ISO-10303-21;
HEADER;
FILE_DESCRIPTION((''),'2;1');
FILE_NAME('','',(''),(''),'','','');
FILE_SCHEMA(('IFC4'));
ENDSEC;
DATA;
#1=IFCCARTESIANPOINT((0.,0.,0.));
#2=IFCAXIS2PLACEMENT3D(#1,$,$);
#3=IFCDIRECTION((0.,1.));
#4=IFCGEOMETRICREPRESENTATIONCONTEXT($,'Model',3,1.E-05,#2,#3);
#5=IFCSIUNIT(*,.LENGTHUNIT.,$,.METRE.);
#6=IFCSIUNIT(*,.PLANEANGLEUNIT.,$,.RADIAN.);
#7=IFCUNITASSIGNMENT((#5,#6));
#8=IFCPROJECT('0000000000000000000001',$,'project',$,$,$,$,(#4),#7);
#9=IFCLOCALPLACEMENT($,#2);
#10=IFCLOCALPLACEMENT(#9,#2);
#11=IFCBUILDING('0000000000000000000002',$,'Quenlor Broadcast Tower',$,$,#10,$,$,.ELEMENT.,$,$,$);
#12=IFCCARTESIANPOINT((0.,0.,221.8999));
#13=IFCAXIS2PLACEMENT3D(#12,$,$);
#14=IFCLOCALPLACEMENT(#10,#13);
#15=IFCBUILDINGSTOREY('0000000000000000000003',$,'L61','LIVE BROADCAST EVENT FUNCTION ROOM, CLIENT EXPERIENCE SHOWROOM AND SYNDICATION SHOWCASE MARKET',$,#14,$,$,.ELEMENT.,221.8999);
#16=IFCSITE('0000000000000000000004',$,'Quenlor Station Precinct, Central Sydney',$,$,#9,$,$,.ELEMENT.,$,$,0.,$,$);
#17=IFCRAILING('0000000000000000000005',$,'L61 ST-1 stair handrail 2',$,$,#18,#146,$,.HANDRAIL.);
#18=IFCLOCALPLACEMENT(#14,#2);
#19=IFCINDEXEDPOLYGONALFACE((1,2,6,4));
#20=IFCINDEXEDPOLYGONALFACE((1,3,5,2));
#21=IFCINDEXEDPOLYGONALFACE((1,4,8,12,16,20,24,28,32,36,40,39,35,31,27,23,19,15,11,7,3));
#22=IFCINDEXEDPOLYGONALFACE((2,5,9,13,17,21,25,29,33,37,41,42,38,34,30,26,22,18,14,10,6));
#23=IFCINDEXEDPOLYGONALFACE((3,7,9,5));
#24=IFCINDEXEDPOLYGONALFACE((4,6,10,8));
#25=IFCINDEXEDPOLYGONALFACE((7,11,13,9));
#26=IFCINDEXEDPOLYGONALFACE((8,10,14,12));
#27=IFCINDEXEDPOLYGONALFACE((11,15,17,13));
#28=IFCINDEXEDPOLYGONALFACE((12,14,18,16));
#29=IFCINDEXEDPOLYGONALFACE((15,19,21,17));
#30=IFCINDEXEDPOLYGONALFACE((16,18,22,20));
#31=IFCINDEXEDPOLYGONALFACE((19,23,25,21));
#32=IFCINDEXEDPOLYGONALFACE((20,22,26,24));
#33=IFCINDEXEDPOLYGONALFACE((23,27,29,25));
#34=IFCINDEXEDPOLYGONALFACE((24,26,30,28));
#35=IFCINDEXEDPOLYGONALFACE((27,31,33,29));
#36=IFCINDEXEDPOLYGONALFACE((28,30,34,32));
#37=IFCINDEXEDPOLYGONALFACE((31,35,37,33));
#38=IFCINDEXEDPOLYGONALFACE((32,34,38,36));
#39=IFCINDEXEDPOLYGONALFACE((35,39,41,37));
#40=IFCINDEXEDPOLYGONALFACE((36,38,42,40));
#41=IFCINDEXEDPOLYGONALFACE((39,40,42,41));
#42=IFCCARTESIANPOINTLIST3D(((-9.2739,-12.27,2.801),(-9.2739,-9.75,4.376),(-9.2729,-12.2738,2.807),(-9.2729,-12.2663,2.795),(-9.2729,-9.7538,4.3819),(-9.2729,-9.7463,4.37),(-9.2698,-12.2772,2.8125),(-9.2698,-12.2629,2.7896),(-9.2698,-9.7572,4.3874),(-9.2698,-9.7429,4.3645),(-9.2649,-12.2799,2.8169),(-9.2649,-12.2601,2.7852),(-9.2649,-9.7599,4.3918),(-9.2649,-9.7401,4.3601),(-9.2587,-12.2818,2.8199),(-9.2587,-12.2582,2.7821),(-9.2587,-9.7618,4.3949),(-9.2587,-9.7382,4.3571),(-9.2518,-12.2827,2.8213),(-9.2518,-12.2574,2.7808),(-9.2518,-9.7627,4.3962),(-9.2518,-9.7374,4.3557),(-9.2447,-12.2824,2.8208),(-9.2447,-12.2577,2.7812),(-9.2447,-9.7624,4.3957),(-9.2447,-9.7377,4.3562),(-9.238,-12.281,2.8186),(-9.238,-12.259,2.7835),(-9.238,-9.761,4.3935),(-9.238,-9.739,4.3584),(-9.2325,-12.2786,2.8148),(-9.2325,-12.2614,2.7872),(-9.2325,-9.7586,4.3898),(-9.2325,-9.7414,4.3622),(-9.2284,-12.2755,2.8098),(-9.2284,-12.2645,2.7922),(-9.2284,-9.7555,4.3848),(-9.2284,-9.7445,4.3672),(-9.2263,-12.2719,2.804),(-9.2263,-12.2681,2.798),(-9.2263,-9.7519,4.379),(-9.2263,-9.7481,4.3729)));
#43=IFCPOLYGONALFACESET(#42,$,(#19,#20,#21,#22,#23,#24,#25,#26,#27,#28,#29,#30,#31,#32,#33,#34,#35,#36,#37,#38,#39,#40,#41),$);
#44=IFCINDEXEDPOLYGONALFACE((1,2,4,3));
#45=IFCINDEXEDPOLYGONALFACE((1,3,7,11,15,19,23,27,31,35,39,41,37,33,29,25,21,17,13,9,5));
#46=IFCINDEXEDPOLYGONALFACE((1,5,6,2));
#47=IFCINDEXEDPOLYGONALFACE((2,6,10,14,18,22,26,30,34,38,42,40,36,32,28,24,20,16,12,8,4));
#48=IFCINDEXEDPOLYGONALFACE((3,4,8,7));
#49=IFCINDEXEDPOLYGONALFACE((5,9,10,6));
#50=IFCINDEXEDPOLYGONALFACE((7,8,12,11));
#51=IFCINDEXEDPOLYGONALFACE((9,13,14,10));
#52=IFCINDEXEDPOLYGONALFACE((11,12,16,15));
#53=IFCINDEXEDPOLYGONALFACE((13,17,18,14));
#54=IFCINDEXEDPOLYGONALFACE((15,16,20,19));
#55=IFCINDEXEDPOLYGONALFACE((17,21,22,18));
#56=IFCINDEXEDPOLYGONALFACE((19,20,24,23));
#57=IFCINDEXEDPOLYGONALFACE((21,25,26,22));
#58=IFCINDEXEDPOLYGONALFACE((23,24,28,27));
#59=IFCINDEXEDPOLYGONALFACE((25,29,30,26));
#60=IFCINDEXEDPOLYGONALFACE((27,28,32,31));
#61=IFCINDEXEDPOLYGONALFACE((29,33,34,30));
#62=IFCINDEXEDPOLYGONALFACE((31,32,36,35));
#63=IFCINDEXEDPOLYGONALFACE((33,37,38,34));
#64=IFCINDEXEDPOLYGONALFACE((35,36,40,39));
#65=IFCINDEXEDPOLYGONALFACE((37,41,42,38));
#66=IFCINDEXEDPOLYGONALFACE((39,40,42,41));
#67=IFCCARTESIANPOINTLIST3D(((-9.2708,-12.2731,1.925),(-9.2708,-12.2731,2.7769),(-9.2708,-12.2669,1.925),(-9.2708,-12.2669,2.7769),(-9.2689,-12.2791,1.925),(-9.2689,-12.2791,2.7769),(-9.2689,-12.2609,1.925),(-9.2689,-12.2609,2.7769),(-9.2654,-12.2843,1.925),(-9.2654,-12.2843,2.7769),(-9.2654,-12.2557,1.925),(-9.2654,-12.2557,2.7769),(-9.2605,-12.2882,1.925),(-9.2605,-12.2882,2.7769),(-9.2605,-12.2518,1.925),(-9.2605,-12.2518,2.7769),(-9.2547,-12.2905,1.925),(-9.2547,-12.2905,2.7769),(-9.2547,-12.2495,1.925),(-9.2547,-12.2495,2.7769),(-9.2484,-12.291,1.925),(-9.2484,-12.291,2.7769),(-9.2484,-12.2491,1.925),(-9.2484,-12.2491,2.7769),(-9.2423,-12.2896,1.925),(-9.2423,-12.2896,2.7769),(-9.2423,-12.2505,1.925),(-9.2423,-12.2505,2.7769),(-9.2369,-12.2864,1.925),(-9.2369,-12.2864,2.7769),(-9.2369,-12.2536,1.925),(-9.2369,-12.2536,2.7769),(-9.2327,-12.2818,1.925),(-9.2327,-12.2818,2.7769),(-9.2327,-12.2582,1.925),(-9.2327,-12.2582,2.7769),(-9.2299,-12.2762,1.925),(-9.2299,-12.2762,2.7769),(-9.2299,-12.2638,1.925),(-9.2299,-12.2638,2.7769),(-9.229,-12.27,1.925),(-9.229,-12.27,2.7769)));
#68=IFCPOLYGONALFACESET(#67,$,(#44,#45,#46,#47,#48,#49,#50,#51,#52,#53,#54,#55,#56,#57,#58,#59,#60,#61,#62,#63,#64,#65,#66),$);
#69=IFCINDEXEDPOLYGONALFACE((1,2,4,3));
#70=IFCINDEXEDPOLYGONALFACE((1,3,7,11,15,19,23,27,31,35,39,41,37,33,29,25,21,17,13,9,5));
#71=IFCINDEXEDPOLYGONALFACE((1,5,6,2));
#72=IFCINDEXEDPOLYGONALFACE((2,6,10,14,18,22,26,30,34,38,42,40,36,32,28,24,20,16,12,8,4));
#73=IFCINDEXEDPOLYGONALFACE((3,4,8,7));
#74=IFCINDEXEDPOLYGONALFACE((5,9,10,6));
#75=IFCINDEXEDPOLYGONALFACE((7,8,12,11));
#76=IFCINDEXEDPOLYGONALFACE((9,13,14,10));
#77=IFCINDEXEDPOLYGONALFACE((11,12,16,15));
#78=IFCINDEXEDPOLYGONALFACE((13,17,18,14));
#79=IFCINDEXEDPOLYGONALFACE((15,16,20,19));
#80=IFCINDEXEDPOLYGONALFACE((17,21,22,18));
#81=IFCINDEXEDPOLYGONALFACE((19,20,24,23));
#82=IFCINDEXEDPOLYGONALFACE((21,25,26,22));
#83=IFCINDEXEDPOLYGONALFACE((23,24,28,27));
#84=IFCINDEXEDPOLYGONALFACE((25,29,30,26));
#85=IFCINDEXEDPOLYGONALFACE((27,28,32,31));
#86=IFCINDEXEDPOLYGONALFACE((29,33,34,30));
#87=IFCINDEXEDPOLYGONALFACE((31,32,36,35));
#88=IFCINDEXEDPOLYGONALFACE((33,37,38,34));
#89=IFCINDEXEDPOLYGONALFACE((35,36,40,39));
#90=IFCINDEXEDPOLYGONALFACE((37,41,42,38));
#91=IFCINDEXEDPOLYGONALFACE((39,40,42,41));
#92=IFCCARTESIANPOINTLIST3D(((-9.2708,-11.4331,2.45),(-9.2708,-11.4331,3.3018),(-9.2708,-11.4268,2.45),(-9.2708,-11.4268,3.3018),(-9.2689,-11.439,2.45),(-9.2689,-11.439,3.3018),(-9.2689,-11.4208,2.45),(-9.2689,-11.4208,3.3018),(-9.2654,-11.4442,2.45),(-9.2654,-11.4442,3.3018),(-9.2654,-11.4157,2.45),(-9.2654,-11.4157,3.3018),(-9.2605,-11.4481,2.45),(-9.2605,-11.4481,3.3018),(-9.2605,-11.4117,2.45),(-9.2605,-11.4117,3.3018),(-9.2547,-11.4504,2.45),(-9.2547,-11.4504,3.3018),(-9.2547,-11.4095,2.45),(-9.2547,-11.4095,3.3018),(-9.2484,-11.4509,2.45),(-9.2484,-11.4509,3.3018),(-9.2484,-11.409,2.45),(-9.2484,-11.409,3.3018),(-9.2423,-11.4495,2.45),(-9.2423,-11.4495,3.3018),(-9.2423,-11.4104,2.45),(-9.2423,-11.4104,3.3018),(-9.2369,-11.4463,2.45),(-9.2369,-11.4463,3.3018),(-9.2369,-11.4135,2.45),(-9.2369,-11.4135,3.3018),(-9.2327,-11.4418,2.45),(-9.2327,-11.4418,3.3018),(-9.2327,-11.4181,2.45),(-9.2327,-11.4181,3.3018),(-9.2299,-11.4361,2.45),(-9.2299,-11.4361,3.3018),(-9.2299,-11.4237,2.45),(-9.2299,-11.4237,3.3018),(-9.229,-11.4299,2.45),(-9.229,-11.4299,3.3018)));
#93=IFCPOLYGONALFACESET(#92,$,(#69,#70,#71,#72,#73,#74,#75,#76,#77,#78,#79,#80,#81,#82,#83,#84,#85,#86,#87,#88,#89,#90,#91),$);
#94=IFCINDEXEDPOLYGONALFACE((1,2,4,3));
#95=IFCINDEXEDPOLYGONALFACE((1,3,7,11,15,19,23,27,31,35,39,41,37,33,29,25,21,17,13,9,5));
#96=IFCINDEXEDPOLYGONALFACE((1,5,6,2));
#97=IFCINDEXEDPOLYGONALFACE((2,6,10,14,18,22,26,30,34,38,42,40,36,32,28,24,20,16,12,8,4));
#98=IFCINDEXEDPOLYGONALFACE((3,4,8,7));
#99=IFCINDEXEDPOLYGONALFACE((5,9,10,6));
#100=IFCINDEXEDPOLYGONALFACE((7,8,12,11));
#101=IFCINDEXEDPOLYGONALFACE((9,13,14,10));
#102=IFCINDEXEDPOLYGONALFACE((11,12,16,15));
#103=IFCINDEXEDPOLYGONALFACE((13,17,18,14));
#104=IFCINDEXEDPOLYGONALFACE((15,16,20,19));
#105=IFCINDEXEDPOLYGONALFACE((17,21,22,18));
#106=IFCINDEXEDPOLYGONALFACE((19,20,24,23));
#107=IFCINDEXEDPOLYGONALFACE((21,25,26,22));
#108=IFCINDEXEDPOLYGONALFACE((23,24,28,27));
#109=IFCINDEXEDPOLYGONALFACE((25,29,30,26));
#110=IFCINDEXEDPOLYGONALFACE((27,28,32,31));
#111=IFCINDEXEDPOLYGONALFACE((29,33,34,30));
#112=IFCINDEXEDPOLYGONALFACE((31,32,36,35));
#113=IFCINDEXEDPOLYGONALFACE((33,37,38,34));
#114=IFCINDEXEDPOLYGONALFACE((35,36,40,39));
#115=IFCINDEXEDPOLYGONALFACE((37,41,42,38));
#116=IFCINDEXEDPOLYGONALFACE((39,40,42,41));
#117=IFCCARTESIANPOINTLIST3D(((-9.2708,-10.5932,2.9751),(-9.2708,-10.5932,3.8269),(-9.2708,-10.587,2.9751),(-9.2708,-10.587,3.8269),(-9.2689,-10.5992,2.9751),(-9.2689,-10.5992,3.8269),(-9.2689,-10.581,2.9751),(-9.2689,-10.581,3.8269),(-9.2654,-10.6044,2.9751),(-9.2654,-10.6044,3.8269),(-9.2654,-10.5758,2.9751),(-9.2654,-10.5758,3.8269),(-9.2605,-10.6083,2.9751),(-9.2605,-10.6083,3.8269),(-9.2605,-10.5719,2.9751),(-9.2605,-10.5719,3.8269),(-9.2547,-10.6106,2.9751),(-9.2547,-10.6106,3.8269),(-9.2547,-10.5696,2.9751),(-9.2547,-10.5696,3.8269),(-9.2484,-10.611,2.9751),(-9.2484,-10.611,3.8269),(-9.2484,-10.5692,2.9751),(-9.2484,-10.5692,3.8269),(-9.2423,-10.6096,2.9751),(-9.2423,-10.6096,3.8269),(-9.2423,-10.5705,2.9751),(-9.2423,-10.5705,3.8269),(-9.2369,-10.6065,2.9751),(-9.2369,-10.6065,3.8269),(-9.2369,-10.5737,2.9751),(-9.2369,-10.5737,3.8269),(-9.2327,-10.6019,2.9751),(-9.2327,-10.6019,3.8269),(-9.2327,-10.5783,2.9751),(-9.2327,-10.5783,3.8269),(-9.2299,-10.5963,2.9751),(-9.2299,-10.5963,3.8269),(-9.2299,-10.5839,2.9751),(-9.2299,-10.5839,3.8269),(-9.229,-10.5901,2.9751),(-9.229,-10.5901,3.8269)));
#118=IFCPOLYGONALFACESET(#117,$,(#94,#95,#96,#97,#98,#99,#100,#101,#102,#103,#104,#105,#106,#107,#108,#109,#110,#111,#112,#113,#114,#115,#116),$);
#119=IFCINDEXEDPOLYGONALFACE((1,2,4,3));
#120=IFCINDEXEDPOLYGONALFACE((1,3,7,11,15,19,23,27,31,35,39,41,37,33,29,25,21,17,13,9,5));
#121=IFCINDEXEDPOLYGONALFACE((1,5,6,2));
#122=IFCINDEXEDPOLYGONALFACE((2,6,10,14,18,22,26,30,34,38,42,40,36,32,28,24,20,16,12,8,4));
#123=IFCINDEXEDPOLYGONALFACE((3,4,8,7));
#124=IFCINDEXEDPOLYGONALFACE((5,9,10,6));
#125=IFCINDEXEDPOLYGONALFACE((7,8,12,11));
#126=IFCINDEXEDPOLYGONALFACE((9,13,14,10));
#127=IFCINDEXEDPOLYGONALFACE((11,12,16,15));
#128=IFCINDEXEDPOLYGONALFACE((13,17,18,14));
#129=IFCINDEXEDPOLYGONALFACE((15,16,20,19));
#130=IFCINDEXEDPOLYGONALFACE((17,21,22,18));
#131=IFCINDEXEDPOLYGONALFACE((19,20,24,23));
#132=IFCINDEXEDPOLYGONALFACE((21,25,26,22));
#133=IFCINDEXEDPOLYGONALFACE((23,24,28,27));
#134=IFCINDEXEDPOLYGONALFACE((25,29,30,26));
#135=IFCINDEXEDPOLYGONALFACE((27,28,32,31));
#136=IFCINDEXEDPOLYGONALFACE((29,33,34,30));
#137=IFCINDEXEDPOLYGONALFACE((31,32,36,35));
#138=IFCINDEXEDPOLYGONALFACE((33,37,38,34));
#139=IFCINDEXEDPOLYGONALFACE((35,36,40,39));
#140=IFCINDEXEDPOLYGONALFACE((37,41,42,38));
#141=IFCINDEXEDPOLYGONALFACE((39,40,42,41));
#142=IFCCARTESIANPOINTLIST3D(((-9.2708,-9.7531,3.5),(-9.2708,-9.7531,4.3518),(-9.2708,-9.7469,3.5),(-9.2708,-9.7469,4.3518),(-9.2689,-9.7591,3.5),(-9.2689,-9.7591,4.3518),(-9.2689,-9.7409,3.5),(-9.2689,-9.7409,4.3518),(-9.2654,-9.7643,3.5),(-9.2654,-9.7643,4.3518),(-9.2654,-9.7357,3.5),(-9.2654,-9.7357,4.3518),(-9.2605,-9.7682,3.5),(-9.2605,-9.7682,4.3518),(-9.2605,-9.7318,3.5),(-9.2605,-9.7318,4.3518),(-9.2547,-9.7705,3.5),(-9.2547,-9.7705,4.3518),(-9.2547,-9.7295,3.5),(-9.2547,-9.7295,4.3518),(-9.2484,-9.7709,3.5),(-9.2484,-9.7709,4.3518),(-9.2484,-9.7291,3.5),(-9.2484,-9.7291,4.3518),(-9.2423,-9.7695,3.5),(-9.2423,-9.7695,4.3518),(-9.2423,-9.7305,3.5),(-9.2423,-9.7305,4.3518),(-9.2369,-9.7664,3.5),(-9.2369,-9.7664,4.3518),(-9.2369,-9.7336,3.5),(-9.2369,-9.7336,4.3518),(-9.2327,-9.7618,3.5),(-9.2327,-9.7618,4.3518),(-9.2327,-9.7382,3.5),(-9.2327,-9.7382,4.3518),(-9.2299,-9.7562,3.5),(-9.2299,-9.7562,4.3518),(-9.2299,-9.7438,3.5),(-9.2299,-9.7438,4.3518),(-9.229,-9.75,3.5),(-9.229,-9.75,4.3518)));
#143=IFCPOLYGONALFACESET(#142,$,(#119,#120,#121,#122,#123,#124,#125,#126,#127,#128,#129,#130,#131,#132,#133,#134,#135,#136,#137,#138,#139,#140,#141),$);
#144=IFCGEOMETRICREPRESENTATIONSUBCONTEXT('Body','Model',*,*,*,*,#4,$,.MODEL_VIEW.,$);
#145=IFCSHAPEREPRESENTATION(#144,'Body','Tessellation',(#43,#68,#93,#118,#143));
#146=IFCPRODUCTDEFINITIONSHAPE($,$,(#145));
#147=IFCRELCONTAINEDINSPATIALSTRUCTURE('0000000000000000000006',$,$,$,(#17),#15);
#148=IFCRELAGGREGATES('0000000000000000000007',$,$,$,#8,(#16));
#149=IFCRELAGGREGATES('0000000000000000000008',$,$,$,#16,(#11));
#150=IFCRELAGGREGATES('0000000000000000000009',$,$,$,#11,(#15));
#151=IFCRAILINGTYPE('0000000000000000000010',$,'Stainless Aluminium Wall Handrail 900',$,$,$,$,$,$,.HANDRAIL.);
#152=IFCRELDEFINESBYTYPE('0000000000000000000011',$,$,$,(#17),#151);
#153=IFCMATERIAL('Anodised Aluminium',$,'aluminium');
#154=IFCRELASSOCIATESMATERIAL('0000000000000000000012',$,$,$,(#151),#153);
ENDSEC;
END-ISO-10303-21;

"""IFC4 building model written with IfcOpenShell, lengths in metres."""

from ifc_helpers import new_model, si_unit, direction, frame, origin, origin_2d, place, context, subcontext, project, spatial, circle, extrude, material, type_object, element, save


model = new_model("IFC4")

# Units and contexts
model_context = context("Model", 3, precision=1e-05, world=origin(), true_north=direction((0.0, 1.0)))
body_context = subcontext(model_context, "Body", "Model", "MODEL_VIEW")
ifc_project = project(units=[si_unit("LENGTHUNIT", "METRE"), si_unit("PLANEANGLEUNIT", "RADIAN")], contexts=[model_context])

# Site, building, storey
site_placement = place(None, origin())
site = spatial("IfcSite", under=ifc_project, at=site_placement, Name="Quenlor Station Precinct, Central Sydney", CompositionType="ELEMENT", RefElevation=0.0)
building_placement = place(site_placement, origin())
building = spatial("IfcBuilding", under=site, at=building_placement, Name="Quenlor Broadcast Tower", CompositionType="ELEMENT")
storey_placement = place(building_placement, frame((0.0, 0.0, 221.8999)))
storey = spatial("IfcBuildingStorey", under=building, at=storey_placement, Name="L61", Description="LIVE BROADCAST EVENT FUNCTION ROOM, CLIENT EXPERIENCE SHOWROOM AND SYNDICATION SHOWCASE MARKET", CompositionType="ELEMENT", Elevation=221.8999)

# Railing
ifc_material_1 = material(Name="Anodised Aluminium", Category="aluminium")
railing_type_1 = type_object("IfcRailingType", Name="Stainless Aluminium Wall Handrail 900", PredefinedType="HANDRAIL", material=ifc_material_1)
railing_1_placement = place(storey_placement, frame((-9.25, -12.27, 1.925)))
element("IfcRailing", 1, at=railing_1_placement, inside=storey, type_object=railing_type_1, Name="L61 ST-1 stair handrail 2", PredefinedType="HANDRAIL", context=body_context, shape_type="SweptSolid", body=[
    extrude(circle(Radius=0.0239, at=origin_2d()), frame((0.0, 0.0, 0.876), z_axis=(0.0, 0.848008, 0.529984), x_axis=(-1.0, 0.0, 0.0)), (0.0, 0.0, 1.0), 2.9717),
    extrude(circle(Radius=0.021, at=origin_2d()), origin(), (0.0, 0.0, 1.0), 0.8518),
    extrude(circle(Radius=0.021, at=origin_2d()), frame((0.0, 0.8401, 0.5249)), (0.0, 0.0, 1.0), 0.8518),
    extrude(circle(Radius=0.021, at=origin_2d()), frame((0.0, 1.6799, 1.05)), (0.0, 0.0, 1.0), 0.8518),
    extrude(circle(Radius=0.021, at=origin_2d()), frame((0.0, 2.52, 1.575)), (0.0, 0.0, 1.0), 0.8518),
])

save(model, "model.ifc")
